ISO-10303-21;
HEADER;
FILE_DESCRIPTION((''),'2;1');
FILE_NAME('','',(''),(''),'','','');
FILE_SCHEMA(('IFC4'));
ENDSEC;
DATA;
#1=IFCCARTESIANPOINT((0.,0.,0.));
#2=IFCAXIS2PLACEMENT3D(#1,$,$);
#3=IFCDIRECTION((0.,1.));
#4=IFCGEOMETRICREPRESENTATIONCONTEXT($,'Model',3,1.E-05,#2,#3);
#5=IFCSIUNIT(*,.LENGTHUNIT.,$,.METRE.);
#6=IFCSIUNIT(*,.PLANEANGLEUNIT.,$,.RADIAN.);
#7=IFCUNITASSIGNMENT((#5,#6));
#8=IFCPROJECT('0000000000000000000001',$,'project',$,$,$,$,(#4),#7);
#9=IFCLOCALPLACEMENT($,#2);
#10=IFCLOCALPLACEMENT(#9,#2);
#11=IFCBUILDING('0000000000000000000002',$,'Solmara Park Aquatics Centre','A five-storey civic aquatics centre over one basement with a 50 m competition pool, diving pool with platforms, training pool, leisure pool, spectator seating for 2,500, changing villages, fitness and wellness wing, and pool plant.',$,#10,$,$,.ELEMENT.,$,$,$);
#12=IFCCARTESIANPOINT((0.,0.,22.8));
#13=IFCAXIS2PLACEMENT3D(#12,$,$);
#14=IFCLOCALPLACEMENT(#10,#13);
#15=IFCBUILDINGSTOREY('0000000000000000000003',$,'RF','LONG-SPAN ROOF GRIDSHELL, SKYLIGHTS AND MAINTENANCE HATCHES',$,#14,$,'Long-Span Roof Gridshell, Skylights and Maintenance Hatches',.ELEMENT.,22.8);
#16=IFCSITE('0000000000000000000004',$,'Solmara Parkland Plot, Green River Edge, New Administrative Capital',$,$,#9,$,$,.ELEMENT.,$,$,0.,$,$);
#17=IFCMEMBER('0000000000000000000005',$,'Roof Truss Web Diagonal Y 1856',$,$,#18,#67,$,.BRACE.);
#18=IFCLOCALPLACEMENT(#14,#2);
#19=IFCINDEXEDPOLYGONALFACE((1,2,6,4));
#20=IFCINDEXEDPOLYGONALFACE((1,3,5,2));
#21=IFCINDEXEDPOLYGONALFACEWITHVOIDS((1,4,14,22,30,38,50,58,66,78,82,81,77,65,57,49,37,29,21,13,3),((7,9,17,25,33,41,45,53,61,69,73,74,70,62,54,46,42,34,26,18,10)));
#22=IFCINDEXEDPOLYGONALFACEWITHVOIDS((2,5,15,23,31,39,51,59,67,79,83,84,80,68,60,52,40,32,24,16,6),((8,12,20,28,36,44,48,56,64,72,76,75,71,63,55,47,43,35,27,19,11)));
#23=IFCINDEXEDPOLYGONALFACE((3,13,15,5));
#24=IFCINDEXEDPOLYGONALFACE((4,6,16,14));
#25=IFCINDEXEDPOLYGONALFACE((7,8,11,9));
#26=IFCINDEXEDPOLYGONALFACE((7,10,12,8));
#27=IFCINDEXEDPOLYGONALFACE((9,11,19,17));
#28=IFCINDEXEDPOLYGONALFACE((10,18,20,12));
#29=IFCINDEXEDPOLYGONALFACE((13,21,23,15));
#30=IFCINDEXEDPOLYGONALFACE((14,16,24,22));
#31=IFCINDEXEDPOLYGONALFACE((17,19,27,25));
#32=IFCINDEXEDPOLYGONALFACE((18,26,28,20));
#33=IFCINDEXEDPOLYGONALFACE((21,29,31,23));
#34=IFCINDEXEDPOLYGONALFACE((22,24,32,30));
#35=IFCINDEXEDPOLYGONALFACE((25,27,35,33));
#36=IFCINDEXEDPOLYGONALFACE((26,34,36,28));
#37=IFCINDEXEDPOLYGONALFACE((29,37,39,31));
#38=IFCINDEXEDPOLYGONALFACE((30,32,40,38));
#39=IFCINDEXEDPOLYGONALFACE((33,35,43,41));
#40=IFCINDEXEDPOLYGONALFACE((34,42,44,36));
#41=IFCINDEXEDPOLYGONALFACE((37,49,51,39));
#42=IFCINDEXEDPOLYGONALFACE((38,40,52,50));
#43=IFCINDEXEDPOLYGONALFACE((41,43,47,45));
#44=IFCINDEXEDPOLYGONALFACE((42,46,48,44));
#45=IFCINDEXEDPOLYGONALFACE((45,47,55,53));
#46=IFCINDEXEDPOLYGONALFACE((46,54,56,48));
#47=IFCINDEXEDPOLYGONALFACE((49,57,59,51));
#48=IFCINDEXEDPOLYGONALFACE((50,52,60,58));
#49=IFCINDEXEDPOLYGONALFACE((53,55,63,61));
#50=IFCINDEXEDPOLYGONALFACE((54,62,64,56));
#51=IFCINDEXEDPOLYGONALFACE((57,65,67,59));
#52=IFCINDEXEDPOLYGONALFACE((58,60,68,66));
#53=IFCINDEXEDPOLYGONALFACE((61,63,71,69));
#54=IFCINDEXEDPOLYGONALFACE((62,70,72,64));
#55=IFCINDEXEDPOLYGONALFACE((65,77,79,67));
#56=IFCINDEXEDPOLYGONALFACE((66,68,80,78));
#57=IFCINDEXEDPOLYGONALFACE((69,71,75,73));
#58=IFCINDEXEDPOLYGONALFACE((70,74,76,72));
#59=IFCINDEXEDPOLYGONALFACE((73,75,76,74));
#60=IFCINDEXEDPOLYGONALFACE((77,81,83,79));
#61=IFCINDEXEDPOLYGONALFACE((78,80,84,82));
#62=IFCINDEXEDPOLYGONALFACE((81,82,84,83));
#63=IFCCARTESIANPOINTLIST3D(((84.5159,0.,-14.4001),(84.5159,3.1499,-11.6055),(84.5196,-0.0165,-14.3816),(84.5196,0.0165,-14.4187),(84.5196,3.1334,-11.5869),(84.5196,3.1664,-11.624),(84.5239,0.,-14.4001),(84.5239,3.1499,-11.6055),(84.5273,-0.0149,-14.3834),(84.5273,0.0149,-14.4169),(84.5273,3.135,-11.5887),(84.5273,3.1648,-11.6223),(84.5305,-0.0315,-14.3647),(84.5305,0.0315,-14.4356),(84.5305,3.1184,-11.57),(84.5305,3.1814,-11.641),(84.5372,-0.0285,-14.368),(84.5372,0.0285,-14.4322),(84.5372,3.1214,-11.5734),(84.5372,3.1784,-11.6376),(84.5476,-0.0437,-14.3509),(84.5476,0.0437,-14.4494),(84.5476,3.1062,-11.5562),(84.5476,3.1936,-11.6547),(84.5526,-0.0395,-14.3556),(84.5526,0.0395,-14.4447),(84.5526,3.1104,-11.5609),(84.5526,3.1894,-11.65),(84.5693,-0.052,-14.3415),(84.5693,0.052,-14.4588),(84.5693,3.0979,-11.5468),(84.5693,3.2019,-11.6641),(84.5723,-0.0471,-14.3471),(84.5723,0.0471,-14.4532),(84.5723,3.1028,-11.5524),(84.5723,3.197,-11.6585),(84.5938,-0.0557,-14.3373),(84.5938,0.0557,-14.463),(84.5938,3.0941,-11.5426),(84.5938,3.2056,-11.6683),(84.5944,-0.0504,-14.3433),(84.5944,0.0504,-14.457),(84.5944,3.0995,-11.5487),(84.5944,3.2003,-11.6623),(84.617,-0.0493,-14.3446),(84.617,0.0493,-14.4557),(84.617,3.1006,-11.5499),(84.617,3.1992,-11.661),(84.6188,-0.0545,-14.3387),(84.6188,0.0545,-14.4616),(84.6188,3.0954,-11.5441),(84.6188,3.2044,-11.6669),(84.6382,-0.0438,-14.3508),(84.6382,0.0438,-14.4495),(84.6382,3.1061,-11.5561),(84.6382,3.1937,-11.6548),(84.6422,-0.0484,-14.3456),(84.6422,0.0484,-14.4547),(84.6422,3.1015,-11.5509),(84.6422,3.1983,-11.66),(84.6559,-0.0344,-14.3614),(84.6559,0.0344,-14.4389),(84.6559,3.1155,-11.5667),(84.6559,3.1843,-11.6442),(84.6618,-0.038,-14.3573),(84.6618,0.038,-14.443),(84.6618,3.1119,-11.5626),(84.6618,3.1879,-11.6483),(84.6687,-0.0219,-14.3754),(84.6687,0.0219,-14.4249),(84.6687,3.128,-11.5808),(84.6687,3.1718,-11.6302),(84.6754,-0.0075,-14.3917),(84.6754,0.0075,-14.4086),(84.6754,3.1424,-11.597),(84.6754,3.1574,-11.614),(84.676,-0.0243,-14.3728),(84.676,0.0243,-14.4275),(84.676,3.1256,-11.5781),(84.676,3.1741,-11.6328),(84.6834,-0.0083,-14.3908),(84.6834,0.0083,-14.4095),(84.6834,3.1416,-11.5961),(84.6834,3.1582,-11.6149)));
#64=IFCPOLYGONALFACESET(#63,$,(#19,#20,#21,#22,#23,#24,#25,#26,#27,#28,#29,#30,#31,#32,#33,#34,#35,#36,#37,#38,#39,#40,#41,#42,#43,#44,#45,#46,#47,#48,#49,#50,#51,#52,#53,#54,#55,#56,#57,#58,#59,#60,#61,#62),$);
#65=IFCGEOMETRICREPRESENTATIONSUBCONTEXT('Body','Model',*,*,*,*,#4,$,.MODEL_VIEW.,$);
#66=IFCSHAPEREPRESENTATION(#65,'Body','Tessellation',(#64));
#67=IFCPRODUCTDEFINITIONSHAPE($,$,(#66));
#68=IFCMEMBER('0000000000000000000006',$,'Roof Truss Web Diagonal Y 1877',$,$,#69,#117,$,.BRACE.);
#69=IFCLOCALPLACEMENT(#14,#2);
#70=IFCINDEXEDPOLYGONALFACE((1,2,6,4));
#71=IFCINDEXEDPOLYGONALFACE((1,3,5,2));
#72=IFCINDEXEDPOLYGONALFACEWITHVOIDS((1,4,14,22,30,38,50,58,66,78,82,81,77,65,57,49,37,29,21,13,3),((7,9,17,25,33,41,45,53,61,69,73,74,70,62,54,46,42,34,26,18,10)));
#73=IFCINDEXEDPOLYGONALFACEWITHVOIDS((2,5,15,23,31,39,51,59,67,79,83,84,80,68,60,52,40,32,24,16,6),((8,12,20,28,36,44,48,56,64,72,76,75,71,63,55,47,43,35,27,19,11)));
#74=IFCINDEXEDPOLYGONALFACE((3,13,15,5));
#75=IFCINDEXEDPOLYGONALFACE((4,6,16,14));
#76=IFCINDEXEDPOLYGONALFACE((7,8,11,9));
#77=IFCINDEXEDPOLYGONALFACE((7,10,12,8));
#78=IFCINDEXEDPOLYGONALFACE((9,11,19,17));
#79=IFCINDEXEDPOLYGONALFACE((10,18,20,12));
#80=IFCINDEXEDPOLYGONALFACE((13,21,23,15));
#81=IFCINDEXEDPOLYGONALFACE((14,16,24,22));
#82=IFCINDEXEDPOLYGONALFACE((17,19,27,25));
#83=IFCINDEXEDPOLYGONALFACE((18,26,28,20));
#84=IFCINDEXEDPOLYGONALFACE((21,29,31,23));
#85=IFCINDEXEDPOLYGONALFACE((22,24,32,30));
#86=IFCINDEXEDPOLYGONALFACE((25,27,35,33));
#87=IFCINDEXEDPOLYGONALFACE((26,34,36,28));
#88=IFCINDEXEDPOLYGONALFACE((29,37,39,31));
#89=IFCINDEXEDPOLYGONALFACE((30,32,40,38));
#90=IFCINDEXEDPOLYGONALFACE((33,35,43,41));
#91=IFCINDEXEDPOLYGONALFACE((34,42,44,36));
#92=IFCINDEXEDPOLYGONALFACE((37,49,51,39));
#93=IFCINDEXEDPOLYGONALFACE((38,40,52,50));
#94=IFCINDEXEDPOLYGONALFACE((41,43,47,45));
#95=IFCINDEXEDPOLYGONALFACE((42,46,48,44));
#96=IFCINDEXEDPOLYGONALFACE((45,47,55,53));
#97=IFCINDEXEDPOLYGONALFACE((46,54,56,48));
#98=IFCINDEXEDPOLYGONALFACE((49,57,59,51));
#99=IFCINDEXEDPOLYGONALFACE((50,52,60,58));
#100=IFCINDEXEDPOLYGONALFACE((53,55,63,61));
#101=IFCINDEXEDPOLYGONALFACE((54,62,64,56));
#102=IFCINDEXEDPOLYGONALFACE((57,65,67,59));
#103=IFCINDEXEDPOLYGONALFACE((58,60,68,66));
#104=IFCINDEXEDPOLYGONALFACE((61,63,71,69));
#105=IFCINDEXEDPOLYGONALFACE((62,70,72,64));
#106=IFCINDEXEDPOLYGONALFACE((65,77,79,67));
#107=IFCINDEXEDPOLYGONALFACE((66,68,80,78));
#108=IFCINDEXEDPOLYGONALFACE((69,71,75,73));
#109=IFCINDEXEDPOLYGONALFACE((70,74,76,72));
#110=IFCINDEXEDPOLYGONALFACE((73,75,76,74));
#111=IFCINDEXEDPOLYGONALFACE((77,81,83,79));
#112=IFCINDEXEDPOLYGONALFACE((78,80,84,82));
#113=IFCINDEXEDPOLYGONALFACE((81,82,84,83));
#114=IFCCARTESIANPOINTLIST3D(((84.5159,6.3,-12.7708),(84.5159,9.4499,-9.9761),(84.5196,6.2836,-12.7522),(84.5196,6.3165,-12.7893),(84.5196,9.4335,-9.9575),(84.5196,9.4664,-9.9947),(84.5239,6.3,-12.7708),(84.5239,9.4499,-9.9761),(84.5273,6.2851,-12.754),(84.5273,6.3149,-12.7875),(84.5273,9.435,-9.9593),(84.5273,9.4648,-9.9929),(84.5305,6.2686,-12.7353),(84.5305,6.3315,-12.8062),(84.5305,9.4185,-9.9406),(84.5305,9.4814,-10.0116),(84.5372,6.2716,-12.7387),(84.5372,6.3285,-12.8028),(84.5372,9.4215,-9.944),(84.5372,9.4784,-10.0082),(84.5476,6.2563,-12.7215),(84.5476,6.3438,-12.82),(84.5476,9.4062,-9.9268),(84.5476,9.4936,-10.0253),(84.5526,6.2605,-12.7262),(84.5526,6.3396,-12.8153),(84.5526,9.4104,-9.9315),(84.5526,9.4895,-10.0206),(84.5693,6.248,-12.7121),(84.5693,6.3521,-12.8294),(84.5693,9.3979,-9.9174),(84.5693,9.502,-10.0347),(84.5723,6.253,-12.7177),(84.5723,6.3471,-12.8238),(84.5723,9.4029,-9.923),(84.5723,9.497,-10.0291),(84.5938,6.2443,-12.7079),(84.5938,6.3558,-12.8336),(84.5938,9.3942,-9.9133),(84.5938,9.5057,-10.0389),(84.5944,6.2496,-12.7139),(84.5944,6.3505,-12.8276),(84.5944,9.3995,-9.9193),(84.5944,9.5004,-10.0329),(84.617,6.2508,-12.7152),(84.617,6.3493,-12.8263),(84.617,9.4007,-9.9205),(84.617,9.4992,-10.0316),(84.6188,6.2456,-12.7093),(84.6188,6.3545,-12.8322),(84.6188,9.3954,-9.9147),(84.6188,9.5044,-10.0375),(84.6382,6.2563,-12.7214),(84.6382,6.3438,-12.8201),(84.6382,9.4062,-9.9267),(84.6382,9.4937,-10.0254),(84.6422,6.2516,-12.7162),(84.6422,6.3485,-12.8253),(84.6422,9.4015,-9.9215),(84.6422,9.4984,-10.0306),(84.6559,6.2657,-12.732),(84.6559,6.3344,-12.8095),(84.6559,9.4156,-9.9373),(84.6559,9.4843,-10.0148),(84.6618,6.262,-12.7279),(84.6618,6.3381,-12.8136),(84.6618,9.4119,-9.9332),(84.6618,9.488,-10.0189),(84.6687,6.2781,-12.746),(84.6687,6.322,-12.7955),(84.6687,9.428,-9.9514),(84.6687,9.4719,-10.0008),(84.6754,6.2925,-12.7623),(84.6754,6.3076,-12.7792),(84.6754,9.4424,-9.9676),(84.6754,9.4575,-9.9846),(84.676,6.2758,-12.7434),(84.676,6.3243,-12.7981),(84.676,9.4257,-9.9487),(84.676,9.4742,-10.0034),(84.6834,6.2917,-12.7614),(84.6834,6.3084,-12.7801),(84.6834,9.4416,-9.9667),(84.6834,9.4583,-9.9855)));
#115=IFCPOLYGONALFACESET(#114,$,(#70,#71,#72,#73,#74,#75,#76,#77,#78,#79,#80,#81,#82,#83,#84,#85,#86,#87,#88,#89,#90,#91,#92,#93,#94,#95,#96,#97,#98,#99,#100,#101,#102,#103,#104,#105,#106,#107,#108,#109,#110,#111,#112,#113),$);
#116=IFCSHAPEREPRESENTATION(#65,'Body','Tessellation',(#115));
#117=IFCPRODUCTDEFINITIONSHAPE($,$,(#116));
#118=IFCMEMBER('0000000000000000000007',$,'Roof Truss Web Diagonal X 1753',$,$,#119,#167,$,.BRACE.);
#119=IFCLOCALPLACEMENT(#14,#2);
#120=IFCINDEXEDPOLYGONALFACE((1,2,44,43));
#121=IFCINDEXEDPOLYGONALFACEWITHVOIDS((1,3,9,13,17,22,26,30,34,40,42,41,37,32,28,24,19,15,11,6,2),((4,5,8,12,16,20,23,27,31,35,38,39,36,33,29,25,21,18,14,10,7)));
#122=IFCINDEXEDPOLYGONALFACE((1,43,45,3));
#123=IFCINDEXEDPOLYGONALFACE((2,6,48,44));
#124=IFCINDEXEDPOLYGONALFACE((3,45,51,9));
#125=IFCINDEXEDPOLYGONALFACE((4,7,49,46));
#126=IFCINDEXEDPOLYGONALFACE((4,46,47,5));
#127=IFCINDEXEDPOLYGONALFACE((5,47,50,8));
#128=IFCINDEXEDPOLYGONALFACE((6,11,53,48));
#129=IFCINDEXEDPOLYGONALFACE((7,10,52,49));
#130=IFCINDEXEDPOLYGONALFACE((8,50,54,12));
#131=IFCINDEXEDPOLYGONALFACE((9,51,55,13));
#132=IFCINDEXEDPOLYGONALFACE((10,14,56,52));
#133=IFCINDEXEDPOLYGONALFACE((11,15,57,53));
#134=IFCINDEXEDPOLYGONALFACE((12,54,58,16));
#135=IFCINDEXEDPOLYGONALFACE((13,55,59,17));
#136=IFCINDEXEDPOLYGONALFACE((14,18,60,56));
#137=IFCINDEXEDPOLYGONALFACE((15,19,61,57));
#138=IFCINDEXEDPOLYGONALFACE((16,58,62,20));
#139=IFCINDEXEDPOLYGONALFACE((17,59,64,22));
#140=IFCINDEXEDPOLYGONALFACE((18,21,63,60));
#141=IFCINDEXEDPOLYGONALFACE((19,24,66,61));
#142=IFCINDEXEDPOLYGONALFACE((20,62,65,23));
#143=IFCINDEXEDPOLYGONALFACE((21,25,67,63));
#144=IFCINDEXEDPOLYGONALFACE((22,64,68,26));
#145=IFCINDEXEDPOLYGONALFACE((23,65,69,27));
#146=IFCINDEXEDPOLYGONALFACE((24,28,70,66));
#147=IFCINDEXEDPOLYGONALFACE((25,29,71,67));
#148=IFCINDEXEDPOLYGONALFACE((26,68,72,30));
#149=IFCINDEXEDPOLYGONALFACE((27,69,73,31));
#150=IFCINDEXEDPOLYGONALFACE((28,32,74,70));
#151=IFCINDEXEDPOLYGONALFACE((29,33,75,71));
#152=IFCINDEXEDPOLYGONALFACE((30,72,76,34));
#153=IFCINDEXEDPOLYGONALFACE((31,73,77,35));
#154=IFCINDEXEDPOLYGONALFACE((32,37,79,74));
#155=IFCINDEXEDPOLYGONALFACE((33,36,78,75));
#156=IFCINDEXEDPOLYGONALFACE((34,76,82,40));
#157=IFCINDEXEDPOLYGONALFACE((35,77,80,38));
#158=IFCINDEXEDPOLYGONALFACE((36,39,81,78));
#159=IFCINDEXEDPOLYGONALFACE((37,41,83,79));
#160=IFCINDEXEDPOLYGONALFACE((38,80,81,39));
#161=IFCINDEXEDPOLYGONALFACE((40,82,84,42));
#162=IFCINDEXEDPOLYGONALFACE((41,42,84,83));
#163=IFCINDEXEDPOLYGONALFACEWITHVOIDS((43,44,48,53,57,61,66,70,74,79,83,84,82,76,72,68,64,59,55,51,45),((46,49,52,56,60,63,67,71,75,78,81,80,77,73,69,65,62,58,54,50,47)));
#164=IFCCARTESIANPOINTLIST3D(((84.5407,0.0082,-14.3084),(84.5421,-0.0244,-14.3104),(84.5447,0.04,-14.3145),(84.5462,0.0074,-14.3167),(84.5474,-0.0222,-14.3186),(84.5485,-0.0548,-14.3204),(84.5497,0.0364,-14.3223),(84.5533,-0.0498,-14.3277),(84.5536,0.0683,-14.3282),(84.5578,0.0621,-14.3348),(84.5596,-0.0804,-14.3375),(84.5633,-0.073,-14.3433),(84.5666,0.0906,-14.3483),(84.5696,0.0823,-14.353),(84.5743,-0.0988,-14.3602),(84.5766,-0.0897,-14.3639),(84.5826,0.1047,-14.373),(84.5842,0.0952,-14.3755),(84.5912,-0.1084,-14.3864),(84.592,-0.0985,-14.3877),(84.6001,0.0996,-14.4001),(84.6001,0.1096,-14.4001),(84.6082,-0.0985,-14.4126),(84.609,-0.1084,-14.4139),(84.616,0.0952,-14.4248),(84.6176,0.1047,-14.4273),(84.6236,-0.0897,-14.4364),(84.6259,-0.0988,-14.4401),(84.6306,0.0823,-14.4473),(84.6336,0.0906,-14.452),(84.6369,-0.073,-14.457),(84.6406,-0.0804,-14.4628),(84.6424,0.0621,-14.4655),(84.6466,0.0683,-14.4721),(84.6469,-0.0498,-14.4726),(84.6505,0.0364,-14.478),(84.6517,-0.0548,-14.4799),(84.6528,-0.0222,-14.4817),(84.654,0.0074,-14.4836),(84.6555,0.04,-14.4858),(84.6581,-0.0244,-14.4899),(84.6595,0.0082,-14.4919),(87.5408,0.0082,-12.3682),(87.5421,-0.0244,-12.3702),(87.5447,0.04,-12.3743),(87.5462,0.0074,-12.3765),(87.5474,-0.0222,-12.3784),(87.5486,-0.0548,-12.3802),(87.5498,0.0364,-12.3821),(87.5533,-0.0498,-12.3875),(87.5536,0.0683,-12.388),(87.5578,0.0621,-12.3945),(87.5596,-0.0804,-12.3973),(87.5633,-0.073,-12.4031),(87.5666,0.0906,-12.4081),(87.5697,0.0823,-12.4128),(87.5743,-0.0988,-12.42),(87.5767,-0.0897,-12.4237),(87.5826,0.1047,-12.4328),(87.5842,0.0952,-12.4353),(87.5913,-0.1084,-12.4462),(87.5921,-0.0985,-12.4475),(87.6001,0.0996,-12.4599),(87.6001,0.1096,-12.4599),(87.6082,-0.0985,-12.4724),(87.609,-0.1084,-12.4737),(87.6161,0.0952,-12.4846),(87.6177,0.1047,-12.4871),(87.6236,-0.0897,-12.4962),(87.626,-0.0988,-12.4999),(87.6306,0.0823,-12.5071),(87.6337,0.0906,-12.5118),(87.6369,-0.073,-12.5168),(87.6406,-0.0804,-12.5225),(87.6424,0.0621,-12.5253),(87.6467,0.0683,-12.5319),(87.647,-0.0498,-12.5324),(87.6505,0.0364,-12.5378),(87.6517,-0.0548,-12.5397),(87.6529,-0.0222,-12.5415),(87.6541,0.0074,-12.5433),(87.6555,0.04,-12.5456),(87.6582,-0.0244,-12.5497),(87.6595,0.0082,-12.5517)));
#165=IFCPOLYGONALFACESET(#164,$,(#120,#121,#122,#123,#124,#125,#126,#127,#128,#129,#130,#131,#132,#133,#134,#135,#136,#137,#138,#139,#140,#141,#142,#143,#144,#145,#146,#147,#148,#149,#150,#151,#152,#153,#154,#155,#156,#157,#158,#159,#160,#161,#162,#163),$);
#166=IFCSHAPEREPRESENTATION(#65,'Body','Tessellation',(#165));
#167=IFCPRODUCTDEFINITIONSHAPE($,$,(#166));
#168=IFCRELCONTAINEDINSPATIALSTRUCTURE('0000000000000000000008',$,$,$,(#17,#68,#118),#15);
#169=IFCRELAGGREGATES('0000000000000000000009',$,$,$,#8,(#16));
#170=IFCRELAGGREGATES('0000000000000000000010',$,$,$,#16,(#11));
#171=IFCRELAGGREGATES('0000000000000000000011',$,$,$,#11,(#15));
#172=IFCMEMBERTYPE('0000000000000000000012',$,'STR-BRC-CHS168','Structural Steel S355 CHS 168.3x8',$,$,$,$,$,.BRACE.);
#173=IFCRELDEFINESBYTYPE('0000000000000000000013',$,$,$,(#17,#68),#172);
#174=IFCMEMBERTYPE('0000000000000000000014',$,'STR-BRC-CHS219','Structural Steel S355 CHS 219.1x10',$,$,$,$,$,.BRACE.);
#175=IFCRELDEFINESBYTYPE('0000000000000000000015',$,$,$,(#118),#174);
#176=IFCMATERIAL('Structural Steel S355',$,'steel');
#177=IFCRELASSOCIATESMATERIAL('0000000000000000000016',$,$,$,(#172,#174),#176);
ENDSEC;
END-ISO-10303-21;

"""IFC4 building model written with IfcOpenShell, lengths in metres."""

from ifc_helpers import new_model, si_unit, direction, frame, origin, origin_2d, place, context, subcontext, project, spatial, hollow_circle, extrude, material, material_profile, profile_set, type_object, element, save


model = new_model("IFC4")

# Units and contexts
model_context = context("Model", 3, precision=1e-05, world=origin(), true_north=direction((0.0, 1.0)))
body_context = subcontext(model_context, "Body", "Model", "MODEL_VIEW")
ifc_project = project(units=[si_unit("LENGTHUNIT", "METRE"), si_unit("PLANEANGLEUNIT", "RADIAN")], contexts=[model_context])

# Site, building, storey
site_placement = place(None, origin())
site = spatial("IfcSite", under=ifc_project, at=site_placement, Name="Solmara Parkland Plot, Green River Edge, New Administrative Capital", CompositionType="ELEMENT", RefElevation=0.0)
building_placement = place(site_placement, origin())
building = spatial("IfcBuilding", under=site, at=building_placement, Name="Solmara Park Aquatics Centre", Description="A five-storey civic aquatics centre over one basement with a 50 m competition pool, diving pool with platforms, training pool, leisure pool, spectator seating for 2,500, changing villages, fitness and wellness wing, and pool plant.", CompositionType="ELEMENT")
storey_placement = place(building_placement, frame((0.0, 0.0, 22.8)))
storey = spatial("IfcBuildingStorey", under=building, at=storey_placement, Name="RF", Description="LONG-SPAN ROOF GRIDSHELL, SKYLIGHTS AND MAINTENANCE HATCHES", LongName="Long-Span Roof Gridshell, Skylights and Maintenance Hatches", CompositionType="ELEMENT", Elevation=22.8)

# Members
ifc_material_1 = material(Name="Structural Steel S355", Category="steel")
ifc_material_profile_1 = material_profile(ifc_material_1, hollow_circle(Radius=0.0842, WallThickness=0.0081, at=origin_2d()), Name="CHS 168.3x8")
ifc_profile_set_1 = profile_set([ifc_material_profile_1], Name="Structural Steel S355")
member_type_1 = type_object("IfcMemberType", Name="STR-BRC-CHS168", Description="Structural Steel S355 CHS 168.3x8", PredefinedType="BRACE", material=ifc_profile_set_1)
for number, where, z_axis, x_axis, name in (
    (1, (84.6001, 0.0, -14.4001), (0.0, 0.748026, 0.663669), (-1.0, 0.0, 0.0), "Roof Truss Web Diagonal Y 1856"),
    (2, (84.6001, 6.3, -12.7708), (0.0, 0.748026, 0.663669), (-1.0, 0.0, 0.0), "Roof Truss Web Diagonal Y 1877"),
):
    element("IfcMember", number, at=place(storey_placement, frame(where, z_axis=z_axis, x_axis=x_axis)), inside=storey, type_object=member_type_1, Name=name, PredefinedType="BRACE", context=body_context, shape_type="SweptSolid", body=[
        extrude(hollow_circle(Radius=0.0842, WallThickness=0.0081, at=origin_2d()), origin(), (0.0, 0.0, 1.0), 4.2109),
    ])
ifc_material_profile_2 = material_profile(ifc_material_1, hollow_circle(Radius=0.1096, WallThickness=0.01, at=origin_2d()), Name="CHS 219.1x10")
ifc_profile_set_2 = profile_set([ifc_material_profile_2], Name="Structural Steel S355")
member_type_2 = type_object("IfcMemberType", Name="STR-BRC-CHS219", Description="Structural Steel S355 CHS 219.1x10", PredefinedType="BRACE", material=ifc_profile_set_2)
for number, where, z_axis, x_axis, name in (
    (3, (84.6001, 0.0, -14.4001), (0.839697, 0.0, 0.543056), (0.0, 1.0, 0.0), "Roof Truss Web Diagonal X 1753"),
):
    element("IfcMember", number, at=place(storey_placement, frame(where, z_axis=z_axis, x_axis=x_axis)), inside=storey, type_object=member_type_2, Name=name, PredefinedType="BRACE", context=body_context, shape_type="SweptSolid", body=[
        extrude(hollow_circle(Radius=0.1096, WallThickness=0.01, at=origin_2d()), origin(), (0.0, 0.0, 1.0), 3.5728),
    ])

save(model, "model.ifc")
